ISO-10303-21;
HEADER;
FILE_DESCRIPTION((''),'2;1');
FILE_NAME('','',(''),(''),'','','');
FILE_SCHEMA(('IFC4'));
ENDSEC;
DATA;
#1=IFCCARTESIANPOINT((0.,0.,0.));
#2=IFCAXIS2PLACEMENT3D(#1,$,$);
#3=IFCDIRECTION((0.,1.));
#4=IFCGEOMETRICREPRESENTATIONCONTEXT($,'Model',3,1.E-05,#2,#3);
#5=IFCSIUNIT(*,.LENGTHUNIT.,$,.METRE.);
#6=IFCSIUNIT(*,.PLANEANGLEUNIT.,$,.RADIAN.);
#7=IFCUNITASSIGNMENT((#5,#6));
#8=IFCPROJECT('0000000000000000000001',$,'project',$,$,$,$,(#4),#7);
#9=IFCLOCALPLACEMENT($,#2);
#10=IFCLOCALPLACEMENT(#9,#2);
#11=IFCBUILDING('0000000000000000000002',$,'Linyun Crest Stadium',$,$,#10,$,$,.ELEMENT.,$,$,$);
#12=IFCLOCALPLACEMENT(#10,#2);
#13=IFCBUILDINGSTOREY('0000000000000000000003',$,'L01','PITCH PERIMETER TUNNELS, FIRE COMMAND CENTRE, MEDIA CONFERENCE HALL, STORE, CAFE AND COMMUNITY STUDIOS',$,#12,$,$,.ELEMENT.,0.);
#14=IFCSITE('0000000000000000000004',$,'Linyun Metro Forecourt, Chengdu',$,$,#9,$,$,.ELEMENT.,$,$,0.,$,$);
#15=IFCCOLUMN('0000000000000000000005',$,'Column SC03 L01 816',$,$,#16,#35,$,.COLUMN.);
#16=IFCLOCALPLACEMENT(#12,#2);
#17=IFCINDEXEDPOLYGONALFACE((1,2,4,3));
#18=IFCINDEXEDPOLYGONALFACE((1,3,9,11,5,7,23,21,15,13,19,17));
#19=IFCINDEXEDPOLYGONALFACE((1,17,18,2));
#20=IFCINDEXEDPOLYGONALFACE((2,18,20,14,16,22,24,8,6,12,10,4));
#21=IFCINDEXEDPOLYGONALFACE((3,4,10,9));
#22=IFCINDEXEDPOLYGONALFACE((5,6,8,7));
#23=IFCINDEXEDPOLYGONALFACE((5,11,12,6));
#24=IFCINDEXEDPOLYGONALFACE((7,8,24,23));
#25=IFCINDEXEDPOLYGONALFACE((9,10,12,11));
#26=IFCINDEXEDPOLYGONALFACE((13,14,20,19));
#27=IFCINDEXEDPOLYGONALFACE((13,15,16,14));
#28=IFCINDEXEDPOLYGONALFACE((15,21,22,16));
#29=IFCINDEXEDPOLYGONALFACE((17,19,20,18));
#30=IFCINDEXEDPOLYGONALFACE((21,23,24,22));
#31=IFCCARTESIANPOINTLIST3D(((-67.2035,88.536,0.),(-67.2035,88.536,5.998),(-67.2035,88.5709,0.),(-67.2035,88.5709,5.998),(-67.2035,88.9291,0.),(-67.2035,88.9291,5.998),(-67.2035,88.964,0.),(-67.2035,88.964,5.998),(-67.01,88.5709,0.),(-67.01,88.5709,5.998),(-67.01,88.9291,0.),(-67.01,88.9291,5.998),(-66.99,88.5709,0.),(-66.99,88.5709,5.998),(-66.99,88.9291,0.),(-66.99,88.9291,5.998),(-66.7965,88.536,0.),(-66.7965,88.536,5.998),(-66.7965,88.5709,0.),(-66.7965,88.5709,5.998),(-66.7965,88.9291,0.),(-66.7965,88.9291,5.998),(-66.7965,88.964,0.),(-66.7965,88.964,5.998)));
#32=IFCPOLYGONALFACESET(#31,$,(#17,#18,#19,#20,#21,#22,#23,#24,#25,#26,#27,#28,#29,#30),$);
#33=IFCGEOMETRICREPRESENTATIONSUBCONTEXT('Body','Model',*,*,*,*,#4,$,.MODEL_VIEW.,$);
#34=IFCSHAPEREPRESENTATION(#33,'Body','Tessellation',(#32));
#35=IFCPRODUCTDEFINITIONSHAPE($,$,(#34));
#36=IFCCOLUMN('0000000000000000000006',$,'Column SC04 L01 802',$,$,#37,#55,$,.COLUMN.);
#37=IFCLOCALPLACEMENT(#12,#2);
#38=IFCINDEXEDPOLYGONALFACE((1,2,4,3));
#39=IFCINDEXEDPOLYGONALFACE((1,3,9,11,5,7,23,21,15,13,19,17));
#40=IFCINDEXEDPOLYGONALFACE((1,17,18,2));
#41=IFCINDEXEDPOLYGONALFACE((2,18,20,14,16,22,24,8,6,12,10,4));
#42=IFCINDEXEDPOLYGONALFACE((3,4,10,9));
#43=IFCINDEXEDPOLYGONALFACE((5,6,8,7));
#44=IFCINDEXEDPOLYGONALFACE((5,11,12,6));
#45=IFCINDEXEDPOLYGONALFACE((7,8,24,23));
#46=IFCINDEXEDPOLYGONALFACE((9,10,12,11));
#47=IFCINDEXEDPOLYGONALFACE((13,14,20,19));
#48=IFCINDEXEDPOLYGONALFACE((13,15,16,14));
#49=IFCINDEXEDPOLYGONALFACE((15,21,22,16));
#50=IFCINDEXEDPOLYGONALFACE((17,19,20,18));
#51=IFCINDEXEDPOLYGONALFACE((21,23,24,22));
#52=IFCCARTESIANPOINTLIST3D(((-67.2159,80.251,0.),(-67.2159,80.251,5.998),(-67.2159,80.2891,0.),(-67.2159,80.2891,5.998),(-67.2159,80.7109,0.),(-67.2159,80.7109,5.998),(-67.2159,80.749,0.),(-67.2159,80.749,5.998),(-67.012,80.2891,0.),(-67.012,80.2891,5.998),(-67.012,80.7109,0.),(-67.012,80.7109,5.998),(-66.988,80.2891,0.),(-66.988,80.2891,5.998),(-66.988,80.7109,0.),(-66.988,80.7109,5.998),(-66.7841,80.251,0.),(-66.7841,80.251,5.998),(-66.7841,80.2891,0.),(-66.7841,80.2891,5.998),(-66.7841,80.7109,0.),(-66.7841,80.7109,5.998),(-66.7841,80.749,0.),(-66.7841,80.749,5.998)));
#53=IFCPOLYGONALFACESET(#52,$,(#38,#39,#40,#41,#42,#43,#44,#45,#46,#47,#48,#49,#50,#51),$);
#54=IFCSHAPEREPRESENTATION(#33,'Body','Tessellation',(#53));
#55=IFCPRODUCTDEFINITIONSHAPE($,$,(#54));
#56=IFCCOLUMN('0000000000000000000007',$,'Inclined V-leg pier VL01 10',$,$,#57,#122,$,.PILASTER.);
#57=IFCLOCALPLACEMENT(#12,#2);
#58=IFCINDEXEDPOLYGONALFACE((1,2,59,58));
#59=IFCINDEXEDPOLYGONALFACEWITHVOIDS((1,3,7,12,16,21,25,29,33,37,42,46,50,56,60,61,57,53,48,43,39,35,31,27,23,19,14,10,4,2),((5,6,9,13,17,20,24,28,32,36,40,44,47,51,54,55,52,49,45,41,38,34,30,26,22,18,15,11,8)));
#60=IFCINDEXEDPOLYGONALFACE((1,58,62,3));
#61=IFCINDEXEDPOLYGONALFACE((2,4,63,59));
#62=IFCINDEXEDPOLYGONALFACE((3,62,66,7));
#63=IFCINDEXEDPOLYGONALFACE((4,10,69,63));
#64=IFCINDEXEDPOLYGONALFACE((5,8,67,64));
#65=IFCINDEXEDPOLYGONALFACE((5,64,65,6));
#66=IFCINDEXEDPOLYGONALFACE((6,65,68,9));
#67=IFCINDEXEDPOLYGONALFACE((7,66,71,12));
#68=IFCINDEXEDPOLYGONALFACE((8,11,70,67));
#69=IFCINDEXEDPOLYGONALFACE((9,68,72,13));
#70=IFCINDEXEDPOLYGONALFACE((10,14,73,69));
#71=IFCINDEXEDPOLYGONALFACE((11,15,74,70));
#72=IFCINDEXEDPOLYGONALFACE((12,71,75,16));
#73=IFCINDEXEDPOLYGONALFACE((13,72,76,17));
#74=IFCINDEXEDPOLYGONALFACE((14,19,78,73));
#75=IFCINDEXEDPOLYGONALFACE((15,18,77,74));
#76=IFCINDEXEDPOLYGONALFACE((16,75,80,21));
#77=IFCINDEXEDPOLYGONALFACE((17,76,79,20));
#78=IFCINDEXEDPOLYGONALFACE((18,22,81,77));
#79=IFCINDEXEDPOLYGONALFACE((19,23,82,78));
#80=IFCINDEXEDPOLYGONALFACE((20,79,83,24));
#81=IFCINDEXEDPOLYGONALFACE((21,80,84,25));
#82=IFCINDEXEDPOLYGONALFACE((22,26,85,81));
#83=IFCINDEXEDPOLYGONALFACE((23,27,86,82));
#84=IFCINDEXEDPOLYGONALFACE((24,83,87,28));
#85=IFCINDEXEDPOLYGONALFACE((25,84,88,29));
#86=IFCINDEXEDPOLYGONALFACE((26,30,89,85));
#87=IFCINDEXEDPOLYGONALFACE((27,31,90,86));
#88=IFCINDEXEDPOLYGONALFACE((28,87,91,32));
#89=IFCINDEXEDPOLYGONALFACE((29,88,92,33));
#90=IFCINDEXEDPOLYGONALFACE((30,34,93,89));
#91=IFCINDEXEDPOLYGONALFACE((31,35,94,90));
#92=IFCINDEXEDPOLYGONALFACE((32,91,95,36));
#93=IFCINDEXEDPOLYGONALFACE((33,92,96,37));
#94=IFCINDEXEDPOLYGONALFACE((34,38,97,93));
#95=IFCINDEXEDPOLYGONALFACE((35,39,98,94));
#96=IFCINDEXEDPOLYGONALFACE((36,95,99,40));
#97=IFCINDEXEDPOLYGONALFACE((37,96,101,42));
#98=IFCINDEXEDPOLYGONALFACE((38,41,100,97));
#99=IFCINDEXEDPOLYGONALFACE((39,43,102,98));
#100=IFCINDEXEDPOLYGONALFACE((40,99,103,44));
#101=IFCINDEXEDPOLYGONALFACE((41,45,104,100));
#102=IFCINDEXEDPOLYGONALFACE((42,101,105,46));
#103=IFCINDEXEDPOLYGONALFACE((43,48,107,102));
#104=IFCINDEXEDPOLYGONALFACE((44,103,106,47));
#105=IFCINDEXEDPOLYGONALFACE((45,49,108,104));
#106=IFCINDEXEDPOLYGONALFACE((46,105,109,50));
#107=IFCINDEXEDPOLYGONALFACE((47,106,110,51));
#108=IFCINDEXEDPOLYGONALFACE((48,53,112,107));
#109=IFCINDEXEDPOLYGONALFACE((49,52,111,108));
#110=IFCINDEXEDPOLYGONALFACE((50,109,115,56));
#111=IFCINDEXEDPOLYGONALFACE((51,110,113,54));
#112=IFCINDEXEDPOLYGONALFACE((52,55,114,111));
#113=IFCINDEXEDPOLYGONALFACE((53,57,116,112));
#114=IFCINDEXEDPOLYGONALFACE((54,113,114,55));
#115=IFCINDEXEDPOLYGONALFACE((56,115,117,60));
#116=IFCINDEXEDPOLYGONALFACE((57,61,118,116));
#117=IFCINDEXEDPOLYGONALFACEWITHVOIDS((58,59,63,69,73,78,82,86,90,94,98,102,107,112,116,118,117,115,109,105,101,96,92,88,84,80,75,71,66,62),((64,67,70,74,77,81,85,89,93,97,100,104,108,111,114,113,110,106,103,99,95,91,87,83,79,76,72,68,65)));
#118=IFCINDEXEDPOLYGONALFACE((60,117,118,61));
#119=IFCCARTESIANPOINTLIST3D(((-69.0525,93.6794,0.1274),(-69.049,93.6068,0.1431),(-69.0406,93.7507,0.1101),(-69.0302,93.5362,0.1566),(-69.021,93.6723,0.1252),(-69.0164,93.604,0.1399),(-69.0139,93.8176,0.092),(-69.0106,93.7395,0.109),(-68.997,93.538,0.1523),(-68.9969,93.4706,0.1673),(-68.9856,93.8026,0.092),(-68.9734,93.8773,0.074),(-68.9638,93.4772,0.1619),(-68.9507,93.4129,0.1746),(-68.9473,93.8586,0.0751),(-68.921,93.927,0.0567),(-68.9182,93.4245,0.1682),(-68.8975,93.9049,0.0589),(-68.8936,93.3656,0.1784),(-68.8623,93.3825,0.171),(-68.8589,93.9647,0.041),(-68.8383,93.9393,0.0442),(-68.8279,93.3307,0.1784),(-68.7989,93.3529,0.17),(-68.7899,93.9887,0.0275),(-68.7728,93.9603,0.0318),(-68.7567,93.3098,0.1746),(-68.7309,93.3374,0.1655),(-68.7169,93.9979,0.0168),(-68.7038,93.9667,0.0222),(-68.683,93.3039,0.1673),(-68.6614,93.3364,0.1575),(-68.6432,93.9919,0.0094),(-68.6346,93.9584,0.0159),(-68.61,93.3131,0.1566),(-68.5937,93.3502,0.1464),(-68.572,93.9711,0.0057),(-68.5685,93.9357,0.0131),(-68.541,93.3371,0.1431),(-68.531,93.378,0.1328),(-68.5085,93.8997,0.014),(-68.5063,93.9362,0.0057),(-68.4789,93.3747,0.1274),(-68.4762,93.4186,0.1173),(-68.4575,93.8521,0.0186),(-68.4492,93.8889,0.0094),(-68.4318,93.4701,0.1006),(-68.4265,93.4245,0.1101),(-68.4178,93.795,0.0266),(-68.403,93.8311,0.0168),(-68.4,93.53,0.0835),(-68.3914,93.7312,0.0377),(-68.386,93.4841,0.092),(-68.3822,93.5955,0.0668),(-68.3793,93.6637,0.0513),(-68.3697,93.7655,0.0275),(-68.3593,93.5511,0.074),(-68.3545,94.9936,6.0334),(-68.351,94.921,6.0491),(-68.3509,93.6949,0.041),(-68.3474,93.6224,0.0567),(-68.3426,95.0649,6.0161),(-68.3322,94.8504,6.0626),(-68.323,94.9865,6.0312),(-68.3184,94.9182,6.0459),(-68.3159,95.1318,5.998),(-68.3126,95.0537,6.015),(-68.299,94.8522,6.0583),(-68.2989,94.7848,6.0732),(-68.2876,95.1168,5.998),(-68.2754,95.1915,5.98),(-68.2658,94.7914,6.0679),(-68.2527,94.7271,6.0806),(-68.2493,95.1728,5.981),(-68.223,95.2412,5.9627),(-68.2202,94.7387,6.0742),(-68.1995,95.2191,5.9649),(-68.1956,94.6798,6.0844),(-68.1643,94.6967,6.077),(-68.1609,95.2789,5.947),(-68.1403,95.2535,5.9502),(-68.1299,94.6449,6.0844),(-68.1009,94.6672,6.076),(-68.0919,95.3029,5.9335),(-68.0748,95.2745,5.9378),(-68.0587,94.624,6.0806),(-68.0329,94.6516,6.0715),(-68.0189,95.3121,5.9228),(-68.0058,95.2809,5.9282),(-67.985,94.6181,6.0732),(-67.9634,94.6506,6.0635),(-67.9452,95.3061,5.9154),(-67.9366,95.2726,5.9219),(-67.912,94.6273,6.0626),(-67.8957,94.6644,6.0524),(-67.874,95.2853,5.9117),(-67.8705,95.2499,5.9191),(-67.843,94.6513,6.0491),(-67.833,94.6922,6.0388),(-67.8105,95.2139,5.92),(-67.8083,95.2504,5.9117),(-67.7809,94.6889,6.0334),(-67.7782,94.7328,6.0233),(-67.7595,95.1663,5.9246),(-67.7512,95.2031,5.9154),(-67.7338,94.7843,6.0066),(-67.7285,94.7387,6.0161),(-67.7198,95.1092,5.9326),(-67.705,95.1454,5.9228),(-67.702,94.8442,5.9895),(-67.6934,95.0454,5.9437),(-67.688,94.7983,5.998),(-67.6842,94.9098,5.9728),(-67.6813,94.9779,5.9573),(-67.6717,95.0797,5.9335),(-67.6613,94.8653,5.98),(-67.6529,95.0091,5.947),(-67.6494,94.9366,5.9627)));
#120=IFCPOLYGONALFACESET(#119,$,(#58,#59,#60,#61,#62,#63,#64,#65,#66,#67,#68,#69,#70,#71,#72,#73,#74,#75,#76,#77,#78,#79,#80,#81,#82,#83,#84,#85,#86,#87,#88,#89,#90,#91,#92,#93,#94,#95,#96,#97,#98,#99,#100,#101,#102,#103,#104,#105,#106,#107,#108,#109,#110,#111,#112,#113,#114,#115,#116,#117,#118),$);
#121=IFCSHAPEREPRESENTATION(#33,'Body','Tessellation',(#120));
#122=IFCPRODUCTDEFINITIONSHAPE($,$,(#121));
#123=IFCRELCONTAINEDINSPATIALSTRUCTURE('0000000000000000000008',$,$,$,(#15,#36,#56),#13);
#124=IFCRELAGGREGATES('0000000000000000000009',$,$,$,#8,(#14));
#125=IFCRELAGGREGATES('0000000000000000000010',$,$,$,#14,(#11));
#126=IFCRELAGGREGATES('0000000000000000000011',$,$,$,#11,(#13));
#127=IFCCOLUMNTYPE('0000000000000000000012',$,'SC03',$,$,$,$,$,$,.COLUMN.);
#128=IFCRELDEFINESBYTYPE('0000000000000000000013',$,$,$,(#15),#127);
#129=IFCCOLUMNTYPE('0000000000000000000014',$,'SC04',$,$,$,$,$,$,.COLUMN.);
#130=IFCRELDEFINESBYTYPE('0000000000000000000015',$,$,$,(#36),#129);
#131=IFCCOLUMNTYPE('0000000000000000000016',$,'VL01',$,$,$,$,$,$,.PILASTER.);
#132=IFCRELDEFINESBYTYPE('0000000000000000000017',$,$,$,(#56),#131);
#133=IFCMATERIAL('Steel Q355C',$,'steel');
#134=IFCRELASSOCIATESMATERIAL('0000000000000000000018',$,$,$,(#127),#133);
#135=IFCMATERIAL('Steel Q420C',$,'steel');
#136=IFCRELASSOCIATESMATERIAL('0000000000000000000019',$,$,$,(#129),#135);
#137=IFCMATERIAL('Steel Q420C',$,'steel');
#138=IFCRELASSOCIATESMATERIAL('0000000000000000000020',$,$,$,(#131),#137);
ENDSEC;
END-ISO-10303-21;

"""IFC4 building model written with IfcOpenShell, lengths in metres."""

from ifc_helpers import new_model, si_unit, direction, frame, origin, origin_2d, place, context, subcontext, project, spatial, hollow_circle, i_section, extrude, material, material_profile, profile_set, type_object, element, save


model = new_model("IFC4")

# Units and contexts
model_context = context("Model", 3, precision=1e-05, world=origin(), true_north=direction((0.0, 1.0)))
body_context = subcontext(model_context, "Body", "Model", "MODEL_VIEW")
ifc_project = project(units=[si_unit("LENGTHUNIT", "METRE"), si_unit("PLANEANGLEUNIT", "RADIAN")], contexts=[model_context])

# Site, building, storey
site_placement = place(None, origin())
site = spatial("IfcSite", under=ifc_project, at=site_placement, Name="Linyun Metro Forecourt, Chengdu", CompositionType="ELEMENT", RefElevation=0.0)
building_placement = place(site_placement, origin())
building = spatial("IfcBuilding", under=site, at=building_placement, Name="Linyun Crest Stadium", CompositionType="ELEMENT")
storey_placement = place(building_placement, origin())
storey = spatial("IfcBuildingStorey", under=building, at=storey_placement, Name="L01", Description="PITCH PERIMETER TUNNELS, FIRE COMMAND CENTRE, MEDIA CONFERENCE HALL, STORE, CAFE AND COMMUNITY STUDIOS", CompositionType="ELEMENT", Elevation=0.0)

# Columns
ifc_material_1 = material(Name="Steel Q355C", Category="steel")
ifc_material_profile_1 = material_profile(ifc_material_1, i_section(OverallWidth=0.407, OverallDepth=0.428, WebThickness=0.02, FlangeThickness=0.0349, at=origin_2d()), Name="HW 428x407")
ifc_profile_set_1 = profile_set([ifc_material_profile_1], Name="Steel Q355C")
column_type_1 = type_object("IfcColumnType", Name="SC03", PredefinedType="COLUMN", material=ifc_profile_set_1)
column_1_placement = place(storey_placement, frame((-67.0, 88.75, 0.0), z_axis=(0.0, 0.0, 1.0), x_axis=(1.0, 0.0, 0.0)))
element("IfcColumn", 1, at=column_1_placement, inside=storey, type_object=column_type_1, Name="Column SC03 L01 816", PredefinedType="COLUMN", context=body_context, shape_type="SweptSolid", body=[
    extrude(i_section(OverallWidth=0.407, OverallDepth=0.428, WebThickness=0.02, FlangeThickness=0.0349, at=origin_2d()), origin(), (0.0, 0.0, 1.0), 5.998),
])
ifc_material_2 = material(Name="Steel Q420C", Category="steel")
ifc_material_profile_2 = material_profile(ifc_material_2, i_section(OverallWidth=0.4319, OverallDepth=0.498, WebThickness=0.0239, FlangeThickness=0.0381, at=origin_2d()), Name="HW 498x432")
ifc_profile_set_2 = profile_set([ifc_material_profile_2], Name="Steel Q420C")
column_type_2 = type_object("IfcColumnType", Name="SC04", PredefinedType="COLUMN", material=ifc_profile_set_2)
column_2_placement = place(storey_placement, frame((-67.0, 80.5, 0.0), z_axis=(0.0, 0.0, 1.0), x_axis=(1.0, 0.0, 0.0)))
element("IfcColumn", 2, at=column_2_placement, inside=storey, type_object=column_type_2, Name="Column SC04 L01 802", PredefinedType="COLUMN", context=body_context, shape_type="SweptSolid", body=[
    extrude(i_section(OverallWidth=0.4319, OverallDepth=0.498, WebThickness=0.0239, FlangeThickness=0.0381, at=origin_2d()), origin(), (0.0, 0.0, 1.0), 5.998),
])
ifc_material_3 = material(Name="Steel Q420C", Category="steel")
ifc_material_profile_3 = material_profile(ifc_material_3, hollow_circle(Radius=0.3555, WallThickness=0.032, at=origin_2d()), Name="CHS 711x32")
ifc_profile_set_3 = profile_set([ifc_material_profile_3], Name="Steel Q420C")
column_type_3 = type_object("IfcColumnType", Name="VL01", PredefinedType="PILASTER", material=ifc_profile_set_3)
column_3_placement = place(storey_placement, frame((-68.7, 93.6509, 0.092), z_axis=(0.114603, 0.215777, 0.969694), x_axis=(-0.883165, 0.469063, 0.0)))
element("IfcColumn", 3, at=column_3_placement, inside=storey, type_object=column_type_3, Name="Inclined V-leg pier VL01 10", PredefinedType="PILASTER", context=body_context, shape_type="SweptSolid", body=[
    extrude(hollow_circle(Radius=0.3555, WallThickness=0.032, at=origin_2d()), origin(), (0.0, 0.0, 1.0), 6.0906),
])

save(model, "model.ifc")
